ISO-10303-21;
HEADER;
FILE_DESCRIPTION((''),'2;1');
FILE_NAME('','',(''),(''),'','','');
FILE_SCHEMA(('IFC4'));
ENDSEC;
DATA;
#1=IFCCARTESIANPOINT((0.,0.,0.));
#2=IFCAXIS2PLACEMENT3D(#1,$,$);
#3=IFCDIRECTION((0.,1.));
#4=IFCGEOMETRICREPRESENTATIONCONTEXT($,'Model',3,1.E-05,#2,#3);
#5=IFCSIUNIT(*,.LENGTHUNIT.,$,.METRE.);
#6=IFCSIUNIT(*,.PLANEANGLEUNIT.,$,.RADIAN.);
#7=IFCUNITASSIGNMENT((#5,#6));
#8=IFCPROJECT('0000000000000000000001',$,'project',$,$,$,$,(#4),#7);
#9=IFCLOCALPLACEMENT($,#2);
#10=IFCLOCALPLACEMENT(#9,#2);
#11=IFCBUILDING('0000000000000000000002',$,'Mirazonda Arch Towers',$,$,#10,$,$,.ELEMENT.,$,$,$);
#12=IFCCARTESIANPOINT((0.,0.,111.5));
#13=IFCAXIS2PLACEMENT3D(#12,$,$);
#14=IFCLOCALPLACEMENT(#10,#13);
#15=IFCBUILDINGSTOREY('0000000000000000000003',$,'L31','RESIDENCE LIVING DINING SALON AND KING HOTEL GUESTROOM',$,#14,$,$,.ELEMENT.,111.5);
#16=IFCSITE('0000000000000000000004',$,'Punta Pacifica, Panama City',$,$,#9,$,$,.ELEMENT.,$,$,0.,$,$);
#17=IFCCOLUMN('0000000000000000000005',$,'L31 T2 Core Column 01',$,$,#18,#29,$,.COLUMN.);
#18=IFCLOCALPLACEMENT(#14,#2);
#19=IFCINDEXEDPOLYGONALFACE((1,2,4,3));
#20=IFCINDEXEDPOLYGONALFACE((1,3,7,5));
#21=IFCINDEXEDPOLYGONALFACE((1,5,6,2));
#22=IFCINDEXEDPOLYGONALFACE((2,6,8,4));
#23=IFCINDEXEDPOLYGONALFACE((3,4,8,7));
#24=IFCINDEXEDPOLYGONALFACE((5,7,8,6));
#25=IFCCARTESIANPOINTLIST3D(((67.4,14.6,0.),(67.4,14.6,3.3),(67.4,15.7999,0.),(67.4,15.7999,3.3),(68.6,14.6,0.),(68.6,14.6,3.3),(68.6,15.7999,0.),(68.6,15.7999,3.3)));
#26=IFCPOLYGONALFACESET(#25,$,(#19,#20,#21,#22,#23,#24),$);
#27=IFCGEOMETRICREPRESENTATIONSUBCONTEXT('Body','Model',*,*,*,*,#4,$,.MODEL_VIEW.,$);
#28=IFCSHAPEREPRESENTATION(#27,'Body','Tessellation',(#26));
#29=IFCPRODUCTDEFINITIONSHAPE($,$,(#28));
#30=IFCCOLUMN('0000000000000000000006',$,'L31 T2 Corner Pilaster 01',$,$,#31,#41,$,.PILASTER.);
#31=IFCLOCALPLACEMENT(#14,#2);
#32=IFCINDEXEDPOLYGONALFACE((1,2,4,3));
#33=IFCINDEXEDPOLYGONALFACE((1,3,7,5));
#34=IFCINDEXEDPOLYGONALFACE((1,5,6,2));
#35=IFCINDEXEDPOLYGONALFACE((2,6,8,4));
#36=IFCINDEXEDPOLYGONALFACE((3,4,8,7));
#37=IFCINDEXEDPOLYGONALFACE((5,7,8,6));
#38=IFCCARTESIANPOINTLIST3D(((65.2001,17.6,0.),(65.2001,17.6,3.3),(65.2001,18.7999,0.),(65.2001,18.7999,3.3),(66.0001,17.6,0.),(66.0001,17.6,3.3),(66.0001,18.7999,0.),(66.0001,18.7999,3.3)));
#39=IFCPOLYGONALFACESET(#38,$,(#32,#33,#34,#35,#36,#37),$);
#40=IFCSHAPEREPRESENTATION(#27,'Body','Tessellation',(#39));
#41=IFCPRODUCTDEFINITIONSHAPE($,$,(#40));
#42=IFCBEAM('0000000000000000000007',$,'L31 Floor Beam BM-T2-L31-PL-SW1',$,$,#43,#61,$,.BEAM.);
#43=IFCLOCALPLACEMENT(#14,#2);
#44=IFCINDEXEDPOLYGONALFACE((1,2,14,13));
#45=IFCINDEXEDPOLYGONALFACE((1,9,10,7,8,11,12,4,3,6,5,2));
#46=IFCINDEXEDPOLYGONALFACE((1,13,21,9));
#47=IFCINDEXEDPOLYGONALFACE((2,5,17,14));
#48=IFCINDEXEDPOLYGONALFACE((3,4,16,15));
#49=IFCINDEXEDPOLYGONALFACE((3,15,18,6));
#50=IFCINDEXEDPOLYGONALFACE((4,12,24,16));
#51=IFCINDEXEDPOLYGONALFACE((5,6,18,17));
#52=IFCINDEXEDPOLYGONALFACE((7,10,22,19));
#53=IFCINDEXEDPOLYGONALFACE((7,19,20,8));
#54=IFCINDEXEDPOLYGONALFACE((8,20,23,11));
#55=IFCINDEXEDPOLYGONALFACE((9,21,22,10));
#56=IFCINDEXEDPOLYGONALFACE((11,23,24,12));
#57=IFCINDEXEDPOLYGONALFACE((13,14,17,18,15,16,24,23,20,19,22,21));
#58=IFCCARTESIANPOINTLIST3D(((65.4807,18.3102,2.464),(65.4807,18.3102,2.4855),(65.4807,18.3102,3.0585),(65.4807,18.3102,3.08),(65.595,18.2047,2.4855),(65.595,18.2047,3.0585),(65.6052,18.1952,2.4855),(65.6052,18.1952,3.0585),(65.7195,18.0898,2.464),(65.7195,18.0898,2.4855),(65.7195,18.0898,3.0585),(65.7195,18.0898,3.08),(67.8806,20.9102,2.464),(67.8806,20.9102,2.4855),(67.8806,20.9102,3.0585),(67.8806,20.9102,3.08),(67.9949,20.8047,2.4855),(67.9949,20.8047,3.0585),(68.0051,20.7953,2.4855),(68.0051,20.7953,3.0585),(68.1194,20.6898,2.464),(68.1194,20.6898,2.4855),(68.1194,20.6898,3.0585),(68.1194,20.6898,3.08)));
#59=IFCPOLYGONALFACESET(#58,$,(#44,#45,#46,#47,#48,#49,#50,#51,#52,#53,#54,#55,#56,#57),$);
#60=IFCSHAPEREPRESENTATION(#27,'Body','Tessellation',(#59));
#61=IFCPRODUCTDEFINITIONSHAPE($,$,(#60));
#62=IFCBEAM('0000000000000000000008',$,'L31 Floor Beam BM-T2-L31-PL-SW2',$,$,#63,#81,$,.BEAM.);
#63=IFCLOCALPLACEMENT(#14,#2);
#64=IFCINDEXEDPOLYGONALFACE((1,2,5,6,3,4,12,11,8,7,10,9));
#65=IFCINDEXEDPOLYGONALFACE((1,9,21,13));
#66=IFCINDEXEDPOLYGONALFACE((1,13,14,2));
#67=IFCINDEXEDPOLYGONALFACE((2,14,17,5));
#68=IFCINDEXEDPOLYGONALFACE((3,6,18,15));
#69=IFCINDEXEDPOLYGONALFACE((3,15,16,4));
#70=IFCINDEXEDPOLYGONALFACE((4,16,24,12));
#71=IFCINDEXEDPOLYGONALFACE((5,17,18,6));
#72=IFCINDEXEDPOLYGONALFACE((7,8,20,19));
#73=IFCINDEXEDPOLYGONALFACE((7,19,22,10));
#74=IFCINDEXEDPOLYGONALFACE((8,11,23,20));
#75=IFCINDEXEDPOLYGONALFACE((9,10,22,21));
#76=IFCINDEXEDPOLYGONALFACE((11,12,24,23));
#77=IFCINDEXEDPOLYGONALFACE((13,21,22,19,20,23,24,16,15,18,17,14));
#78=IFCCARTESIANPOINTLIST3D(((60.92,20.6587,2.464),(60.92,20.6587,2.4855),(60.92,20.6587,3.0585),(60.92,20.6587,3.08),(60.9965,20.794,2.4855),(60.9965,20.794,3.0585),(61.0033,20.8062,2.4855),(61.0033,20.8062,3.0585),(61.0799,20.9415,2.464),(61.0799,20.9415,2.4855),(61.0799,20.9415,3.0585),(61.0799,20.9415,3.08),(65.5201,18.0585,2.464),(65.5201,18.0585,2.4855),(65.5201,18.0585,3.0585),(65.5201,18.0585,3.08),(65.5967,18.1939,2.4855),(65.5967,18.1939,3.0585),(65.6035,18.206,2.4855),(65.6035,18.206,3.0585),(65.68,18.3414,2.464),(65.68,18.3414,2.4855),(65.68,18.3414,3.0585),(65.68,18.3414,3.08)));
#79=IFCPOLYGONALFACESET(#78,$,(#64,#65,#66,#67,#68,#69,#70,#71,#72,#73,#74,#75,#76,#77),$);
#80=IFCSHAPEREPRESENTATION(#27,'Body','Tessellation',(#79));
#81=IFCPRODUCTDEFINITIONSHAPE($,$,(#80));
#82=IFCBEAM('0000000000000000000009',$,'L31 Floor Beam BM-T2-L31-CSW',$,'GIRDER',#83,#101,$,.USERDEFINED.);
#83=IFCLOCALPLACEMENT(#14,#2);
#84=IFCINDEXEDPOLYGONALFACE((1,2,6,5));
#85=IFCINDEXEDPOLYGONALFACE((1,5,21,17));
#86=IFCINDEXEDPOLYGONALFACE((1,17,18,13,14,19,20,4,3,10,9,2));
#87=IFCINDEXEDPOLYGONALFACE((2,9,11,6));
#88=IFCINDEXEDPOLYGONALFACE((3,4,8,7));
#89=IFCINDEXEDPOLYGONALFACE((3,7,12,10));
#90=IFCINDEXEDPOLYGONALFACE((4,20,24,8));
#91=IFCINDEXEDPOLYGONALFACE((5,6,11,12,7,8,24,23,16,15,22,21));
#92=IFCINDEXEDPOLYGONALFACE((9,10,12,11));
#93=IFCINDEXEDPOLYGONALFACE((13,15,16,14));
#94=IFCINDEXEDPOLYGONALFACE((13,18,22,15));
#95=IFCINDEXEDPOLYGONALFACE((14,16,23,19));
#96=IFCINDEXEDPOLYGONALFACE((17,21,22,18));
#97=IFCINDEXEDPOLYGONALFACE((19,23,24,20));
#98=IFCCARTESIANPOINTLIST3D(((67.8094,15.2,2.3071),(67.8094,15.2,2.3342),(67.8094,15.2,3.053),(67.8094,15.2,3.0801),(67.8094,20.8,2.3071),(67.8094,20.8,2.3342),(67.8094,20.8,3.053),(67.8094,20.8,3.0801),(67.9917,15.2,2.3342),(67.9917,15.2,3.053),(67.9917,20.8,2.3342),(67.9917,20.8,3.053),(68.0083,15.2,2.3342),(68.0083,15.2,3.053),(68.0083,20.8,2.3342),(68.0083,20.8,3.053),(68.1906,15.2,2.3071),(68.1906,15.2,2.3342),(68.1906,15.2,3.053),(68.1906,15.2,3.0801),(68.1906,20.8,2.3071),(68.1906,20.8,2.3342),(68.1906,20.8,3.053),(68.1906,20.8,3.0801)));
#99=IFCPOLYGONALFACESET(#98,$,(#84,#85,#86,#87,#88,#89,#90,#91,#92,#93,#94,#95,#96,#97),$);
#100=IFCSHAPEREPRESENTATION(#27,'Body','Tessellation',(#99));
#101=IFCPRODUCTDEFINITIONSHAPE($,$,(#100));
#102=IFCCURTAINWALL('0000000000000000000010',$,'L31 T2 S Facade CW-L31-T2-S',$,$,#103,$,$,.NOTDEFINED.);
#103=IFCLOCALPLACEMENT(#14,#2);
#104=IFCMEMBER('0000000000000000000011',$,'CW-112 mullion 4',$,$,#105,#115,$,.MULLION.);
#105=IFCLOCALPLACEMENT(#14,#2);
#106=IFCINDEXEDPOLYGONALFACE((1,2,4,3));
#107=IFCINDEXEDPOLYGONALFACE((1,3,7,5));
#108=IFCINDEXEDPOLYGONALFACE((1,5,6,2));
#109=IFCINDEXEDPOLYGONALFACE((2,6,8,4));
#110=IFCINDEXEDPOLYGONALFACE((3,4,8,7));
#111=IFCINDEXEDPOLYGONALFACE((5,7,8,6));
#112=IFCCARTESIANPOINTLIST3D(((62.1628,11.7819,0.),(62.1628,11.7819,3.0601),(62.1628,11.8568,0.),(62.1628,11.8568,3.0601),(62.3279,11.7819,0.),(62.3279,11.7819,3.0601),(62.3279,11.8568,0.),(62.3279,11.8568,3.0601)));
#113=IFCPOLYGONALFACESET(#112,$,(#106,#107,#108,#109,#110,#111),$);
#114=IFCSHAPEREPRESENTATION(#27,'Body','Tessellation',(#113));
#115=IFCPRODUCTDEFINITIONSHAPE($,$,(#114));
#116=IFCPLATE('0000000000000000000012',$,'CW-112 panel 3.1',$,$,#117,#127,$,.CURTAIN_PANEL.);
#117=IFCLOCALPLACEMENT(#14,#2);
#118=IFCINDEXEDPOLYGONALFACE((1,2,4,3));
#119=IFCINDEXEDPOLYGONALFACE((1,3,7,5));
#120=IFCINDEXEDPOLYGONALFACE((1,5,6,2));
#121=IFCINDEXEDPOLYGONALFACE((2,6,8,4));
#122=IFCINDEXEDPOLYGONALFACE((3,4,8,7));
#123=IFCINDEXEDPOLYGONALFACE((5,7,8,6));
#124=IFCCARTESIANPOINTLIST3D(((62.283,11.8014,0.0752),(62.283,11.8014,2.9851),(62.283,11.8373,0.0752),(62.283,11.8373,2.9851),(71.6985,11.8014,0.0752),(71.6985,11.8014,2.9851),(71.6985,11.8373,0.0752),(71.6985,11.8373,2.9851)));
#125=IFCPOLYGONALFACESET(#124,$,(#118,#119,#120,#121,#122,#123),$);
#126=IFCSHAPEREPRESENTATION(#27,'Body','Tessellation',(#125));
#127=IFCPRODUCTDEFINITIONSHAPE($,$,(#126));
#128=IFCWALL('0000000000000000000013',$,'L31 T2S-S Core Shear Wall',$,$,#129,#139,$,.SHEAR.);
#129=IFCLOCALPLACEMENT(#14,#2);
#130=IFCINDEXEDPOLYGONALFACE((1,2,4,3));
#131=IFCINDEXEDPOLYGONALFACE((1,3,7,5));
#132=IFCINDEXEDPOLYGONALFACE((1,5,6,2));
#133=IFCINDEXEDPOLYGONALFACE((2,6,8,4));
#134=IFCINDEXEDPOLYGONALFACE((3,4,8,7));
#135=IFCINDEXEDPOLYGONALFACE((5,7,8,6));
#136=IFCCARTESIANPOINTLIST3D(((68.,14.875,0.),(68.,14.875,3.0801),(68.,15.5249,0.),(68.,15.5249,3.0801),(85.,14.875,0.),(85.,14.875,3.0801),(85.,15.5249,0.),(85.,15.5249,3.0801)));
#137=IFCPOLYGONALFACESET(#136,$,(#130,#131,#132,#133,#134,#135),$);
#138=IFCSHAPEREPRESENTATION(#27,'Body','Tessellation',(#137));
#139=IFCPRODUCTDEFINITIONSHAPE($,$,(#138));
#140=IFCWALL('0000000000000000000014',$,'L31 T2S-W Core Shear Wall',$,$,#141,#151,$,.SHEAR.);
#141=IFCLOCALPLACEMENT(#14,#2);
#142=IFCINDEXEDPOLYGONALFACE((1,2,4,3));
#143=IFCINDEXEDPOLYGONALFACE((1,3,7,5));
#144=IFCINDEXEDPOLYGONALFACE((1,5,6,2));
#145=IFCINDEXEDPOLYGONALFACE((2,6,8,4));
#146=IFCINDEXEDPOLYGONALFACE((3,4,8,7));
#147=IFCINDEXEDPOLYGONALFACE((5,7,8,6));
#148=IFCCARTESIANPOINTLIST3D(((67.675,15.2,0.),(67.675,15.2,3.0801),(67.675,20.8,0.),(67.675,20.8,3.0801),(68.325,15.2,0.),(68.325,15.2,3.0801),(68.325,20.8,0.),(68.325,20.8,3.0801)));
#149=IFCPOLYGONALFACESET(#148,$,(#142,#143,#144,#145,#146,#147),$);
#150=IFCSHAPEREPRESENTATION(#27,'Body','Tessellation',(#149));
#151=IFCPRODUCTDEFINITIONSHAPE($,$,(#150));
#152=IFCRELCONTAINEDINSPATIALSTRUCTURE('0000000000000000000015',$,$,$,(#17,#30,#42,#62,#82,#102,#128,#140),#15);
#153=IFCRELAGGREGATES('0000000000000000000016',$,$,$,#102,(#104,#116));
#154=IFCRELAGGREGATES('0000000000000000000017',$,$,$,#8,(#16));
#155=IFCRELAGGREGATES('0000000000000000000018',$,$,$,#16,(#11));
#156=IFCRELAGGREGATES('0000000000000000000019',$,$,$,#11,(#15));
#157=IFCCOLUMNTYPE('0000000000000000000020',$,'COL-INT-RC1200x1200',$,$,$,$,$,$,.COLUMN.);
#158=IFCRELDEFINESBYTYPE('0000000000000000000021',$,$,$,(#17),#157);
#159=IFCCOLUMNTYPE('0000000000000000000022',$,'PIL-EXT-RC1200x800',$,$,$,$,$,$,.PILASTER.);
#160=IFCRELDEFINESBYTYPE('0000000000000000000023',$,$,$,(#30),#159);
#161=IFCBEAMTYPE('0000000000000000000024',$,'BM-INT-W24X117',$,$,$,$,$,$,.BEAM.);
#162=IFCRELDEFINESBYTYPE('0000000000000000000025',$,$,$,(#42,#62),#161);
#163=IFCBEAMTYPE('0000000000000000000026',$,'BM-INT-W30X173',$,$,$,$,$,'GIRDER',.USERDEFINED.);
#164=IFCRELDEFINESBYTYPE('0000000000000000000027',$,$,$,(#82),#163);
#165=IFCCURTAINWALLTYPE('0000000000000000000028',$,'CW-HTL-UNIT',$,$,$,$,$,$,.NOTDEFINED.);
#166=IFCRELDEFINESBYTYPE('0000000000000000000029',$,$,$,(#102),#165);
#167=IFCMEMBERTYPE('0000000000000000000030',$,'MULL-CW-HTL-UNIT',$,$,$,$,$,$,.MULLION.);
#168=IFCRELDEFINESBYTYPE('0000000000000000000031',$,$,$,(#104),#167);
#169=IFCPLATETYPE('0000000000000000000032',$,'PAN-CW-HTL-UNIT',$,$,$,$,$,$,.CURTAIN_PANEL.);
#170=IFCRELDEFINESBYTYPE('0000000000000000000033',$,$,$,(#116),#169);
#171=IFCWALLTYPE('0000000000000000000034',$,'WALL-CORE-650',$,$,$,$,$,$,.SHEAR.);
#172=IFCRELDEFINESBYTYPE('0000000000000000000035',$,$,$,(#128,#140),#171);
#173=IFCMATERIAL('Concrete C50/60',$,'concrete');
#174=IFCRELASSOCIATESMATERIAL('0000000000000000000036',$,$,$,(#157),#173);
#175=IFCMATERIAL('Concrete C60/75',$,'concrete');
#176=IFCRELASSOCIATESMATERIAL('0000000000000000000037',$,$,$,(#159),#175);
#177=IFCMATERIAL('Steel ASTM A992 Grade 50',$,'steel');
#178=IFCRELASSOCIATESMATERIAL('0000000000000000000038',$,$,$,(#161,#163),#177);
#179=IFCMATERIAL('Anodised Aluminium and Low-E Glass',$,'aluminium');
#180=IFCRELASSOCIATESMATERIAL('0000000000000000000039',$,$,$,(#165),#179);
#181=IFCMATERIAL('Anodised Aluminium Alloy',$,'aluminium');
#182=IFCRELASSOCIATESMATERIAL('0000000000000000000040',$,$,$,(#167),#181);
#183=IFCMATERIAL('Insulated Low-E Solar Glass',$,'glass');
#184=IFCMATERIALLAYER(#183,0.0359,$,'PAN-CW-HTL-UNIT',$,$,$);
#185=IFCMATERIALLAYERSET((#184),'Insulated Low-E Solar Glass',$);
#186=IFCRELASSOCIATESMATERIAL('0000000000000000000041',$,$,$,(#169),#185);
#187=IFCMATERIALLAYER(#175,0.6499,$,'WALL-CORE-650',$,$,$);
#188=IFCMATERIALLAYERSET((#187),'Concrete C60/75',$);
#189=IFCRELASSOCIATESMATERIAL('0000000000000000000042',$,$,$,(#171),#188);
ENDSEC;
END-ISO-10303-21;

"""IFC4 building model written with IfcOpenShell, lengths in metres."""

from ifc_helpers import new_model, si_unit, direction, frame, frame_2d, origin, origin_2d, place, context, subcontext, project, spatial, rectangle, i_section, extrude, material, layer, layer_set, material_profile, profile_set, type_object, element, aggregate, save


model = new_model("IFC4")

# Units and contexts
model_context = context("Model", 3, precision=1e-05, world=origin(), true_north=direction((0.0, 1.0)))
body_context = subcontext(model_context, "Body", "Model", "MODEL_VIEW")
ifc_project = project(units=[si_unit("LENGTHUNIT", "METRE"), si_unit("PLANEANGLEUNIT", "RADIAN")], contexts=[model_context])

# Site, building, storey
site_placement = place(None, origin())
site = spatial("IfcSite", under=ifc_project, at=site_placement, Name="Punta Pacifica, Panama City", CompositionType="ELEMENT", RefElevation=0.0)
building_placement = place(site_placement, origin())
building = spatial("IfcBuilding", under=site, at=building_placement, Name="Mirazonda Arch Towers", CompositionType="ELEMENT")
storey_placement = place(building_placement, frame((0.0, 0.0, 111.5)))
storey = spatial("IfcBuildingStorey", under=building, at=storey_placement, Name="L31", Description="RESIDENCE LIVING DINING SALON AND KING HOTEL GUESTROOM", CompositionType="ELEMENT", Elevation=111.5)

# Columns
ifc_material_1 = material(Name="Concrete C50/60", Category="concrete")
ifc_material_profile_1 = material_profile(ifc_material_1, rectangle(XDim=1.2, YDim=1.2, at=origin_2d()), Name="RC1200x1200")
ifc_profile_set_1 = profile_set([ifc_material_profile_1], Name="Concrete C50/60")
column_type_1 = type_object("IfcColumnType", Name="COL-INT-RC1200x1200", PredefinedType="COLUMN", material=ifc_profile_set_1)
column_1_placement = place(storey_placement, frame((68.0, 15.2, 0.0), z_axis=(0.0, 0.0, 1.0), x_axis=(1.0, 0.0, 0.0)))
element("IfcColumn", 1, at=column_1_placement, inside=storey, type_object=column_type_1, Name="L31 T2 Core Column 01", PredefinedType="COLUMN", context=body_context, shape_type="SweptSolid", body=[
    extrude(rectangle(XDim=1.2, YDim=1.2, at=origin_2d()), origin(), (0.0, 0.0, 1.0), 3.3),
])
ifc_material_2 = material(Name="Concrete C60/75", Category="concrete")
ifc_material_profile_2 = material_profile(ifc_material_2, rectangle(XDim=0.8, YDim=1.2, at=origin_2d()), Name="RC1200x800")
ifc_profile_set_2 = profile_set([ifc_material_profile_2], Name="Concrete C60/75")
column_type_2 = type_object("IfcColumnType", Name="PIL-EXT-RC1200x800", PredefinedType="PILASTER", material=ifc_profile_set_2)
column_2_placement = place(storey_placement, frame((65.6001, 18.2, 0.0), z_axis=(0.0, 0.0, 1.0), x_axis=(1.0, 0.0, 0.0)))
element("IfcColumn", 2, at=column_2_placement, inside=storey, type_object=column_type_2, Name="L31 T2 Corner Pilaster 01", PredefinedType="PILASTER", context=body_context, shape_type="SweptSolid", body=[
    extrude(rectangle(XDim=0.8, YDim=1.2, at=origin_2d()), origin(), (0.0, 0.0, 1.0), 3.3),
])

# Beams
ifc_material_3 = material(Name="Steel ASTM A992 Grade 50", Category="steel")
ifc_material_profile_3 = material_profile(ifc_material_3, i_section(OverallWidth=0.325, OverallDepth=0.616, WebThickness=0.0139, FlangeThickness=0.0215, at=origin_2d()), Name="W24X117")
ifc_profile_set_3 = profile_set([ifc_material_profile_3], Name="Steel ASTM A992 Grade 50")
beam_type_1 = type_object("IfcBeamType", Name="BM-INT-W24X117", PredefinedType="BEAM", material=ifc_profile_set_3)
beam_1_placement = place(storey_placement, frame((65.6001, 18.2, 2.772), z_axis=(0.678251, 0.73483, 0.0), x_axis=(-0.73483, 0.678251, 0.0)))
element("IfcBeam", 3, at=beam_1_placement, inside=storey, type_object=beam_type_1, Name="L31 Floor Beam BM-T2-L31-PL-SW1", PredefinedType="BEAM", context=body_context, shape_type="SweptSolid", body=[
    extrude(i_section(OverallWidth=0.325, OverallDepth=0.616, WebThickness=0.0139, FlangeThickness=0.0215, at=origin_2d()), origin(), (0.0, 0.0, 1.0), 3.5383),
])
beam_2_placement = place(storey_placement, frame((65.6001, 18.2, 2.772), z_axis=(-0.870559, 0.492063, 0.0), x_axis=(-0.492063, -0.870559, 0.0)))
element("IfcBeam", 4, at=beam_2_placement, inside=storey, type_object=beam_type_1, Name="L31 Floor Beam BM-T2-L31-PL-SW2", PredefinedType="BEAM", context=body_context, shape_type="SweptSolid", body=[
    extrude(i_section(OverallWidth=0.325, OverallDepth=0.616, WebThickness=0.0139, FlangeThickness=0.0215, at=origin_2d()), origin(), (0.0, 0.0, 1.0), 5.2842),
])
ifc_material_profile_4 = material_profile(ifc_material_3, i_section(OverallWidth=0.3811, OverallDepth=0.7729, WebThickness=0.0166, FlangeThickness=0.0271, at=origin_2d()), Name="W30X173")
ifc_profile_set_4 = profile_set([ifc_material_profile_4], Name="Steel ASTM A992 Grade 50")
beam_type_2 = type_object("IfcBeamType", Name="BM-INT-W30X173", ElementType="GIRDER", PredefinedType="USERDEFINED", material=ifc_profile_set_4)
beam_3_placement = place(storey_placement, frame((68.0, 15.2, 2.6936), z_axis=(0.0, 1.0, 0.0), x_axis=(-1.0, 0.0, 0.0)))
element("IfcBeam", 5, at=beam_3_placement, inside=storey, type_object=beam_type_2, Name="L31 Floor Beam BM-T2-L31-CSW", ObjectType="GIRDER", PredefinedType="USERDEFINED", context=body_context, shape_type="SweptSolid", body=[
    extrude(i_section(OverallWidth=0.3811, OverallDepth=0.7729, WebThickness=0.0166, FlangeThickness=0.0271, at=origin_2d()), origin(), (0.0, 0.0, 1.0), 5.6001),
])

# Curtain wall, member, plate
ifc_material_4 = material(Name="Anodised Aluminium and Low-E Glass", Category="aluminium")
curtain_wall_type = type_object("IfcCurtainWallType", Name="CW-HTL-UNIT", PredefinedType="NOTDEFINED", material=ifc_material_4)
curtain_wall_placement = place(storey_placement, origin())
curtain_wall = element("IfcCurtainWall", 6, at=curtain_wall_placement, inside=storey, type_object=curtain_wall_type, Name="L31 T2 S Facade CW-L31-T2-S", PredefinedType="NOTDEFINED")
ifc_material_5 = material(Name="Anodised Aluminium Alloy", Category="aluminium")
ifc_material_profile_5 = material_profile(ifc_material_5, rectangle(XDim=0.075, YDim=0.165, at=origin_2d()), Name="ALU-MULL-75x165")
ifc_profile_set_5 = profile_set([ifc_material_profile_5], Name="Anodised Aluminium Alloy")
member_type = type_object("IfcMemberType", Name="MULL-CW-HTL-UNIT", PredefinedType="MULLION", material=ifc_profile_set_5)
member_placement = place(storey_placement, frame((62.2454, 11.8193, 0.0), z_axis=(0.0, 0.0, 1.0), x_axis=(0.0, -1.0, 0.0)))
member = element("IfcMember", 7, at=member_placement, type_object=member_type, Name="CW-112 mullion 4", PredefinedType="MULLION", context=body_context, shape_type="SweptSolid", body=[
    extrude(rectangle(XDim=0.075, YDim=0.165, at=origin_2d()), origin(), (0.0, 0.0, 1.0), 3.0601),
])
ifc_material_6 = material(Name="Insulated Low-E Solar Glass", Category="glass")
ifc_layer_1 = layer(ifc_material_6, 0.0359, Name="PAN-CW-HTL-UNIT")
ifc_layer_set_1 = layer_set([ifc_layer_1], Name="Insulated Low-E Solar Glass")
plate_type = type_object("IfcPlateType", Name="PAN-CW-HTL-UNIT", PredefinedType="CURTAIN_PANEL", material=ifc_layer_set_1)
plate_placement = place(storey_placement, frame((66.9907, 11.8193, 0.0752), z_axis=(0.0, 0.0, 1.0), x_axis=(-1.0, 0.0, 0.0)))
plate = element("IfcPlate", 8, at=plate_placement, type_object=plate_type, Name="CW-112 panel 3.1", PredefinedType="CURTAIN_PANEL", context=body_context, shape_type="SweptSolid", body=[
    extrude(rectangle(XDim=9.4155, YDim=0.0359, at=origin_2d()), origin(), (0.0, 0.0, 1.0), 2.9099),
])
aggregate(curtain_wall, [member, plate])

# Walls
ifc_layer_2 = layer(ifc_material_2, 0.6499, Name="WALL-CORE-650")
ifc_layer_set_2 = layer_set([ifc_layer_2], Name="Concrete C60/75")
wall_type_1 = type_object("IfcWallType", Name="WALL-CORE-650", PredefinedType="SHEAR", material=ifc_layer_set_2)
wall_1_placement = place(storey_placement, frame((68.0, 15.2, 0.0), z_axis=(0.0, 0.0, 1.0), x_axis=(1.0, 0.0, 0.0)))
element("IfcWall", 9, at=wall_1_placement, inside=storey, type_object=wall_type_1, Name="L31 T2S-S Core Shear Wall", PredefinedType="SHEAR", context=body_context, shape_type="SweptSolid", body=[
    extrude(rectangle(XDim=17.0, YDim=0.6499, at=frame_2d((8.5, 0.0))), origin(), (0.0, 0.0, 1.0), 3.0801),
])
wall_2_placement = place(storey_placement, frame((68.0, 15.2, 0.0), z_axis=(0.0, 0.0, 1.0), x_axis=(0.0, 1.0, 0.0)))
element("IfcWall", 10, at=wall_2_placement, inside=storey, type_object=wall_type_1, Name="L31 T2S-W Core Shear Wall", PredefinedType="SHEAR", context=body_context, shape_type="SweptSolid", body=[
    extrude(rectangle(XDim=5.6001, YDim=0.6499, at=frame_2d((2.8, 0.0))), origin(), (0.0, 0.0, 1.0), 3.0801),
])

save(model, "model.ifc")
